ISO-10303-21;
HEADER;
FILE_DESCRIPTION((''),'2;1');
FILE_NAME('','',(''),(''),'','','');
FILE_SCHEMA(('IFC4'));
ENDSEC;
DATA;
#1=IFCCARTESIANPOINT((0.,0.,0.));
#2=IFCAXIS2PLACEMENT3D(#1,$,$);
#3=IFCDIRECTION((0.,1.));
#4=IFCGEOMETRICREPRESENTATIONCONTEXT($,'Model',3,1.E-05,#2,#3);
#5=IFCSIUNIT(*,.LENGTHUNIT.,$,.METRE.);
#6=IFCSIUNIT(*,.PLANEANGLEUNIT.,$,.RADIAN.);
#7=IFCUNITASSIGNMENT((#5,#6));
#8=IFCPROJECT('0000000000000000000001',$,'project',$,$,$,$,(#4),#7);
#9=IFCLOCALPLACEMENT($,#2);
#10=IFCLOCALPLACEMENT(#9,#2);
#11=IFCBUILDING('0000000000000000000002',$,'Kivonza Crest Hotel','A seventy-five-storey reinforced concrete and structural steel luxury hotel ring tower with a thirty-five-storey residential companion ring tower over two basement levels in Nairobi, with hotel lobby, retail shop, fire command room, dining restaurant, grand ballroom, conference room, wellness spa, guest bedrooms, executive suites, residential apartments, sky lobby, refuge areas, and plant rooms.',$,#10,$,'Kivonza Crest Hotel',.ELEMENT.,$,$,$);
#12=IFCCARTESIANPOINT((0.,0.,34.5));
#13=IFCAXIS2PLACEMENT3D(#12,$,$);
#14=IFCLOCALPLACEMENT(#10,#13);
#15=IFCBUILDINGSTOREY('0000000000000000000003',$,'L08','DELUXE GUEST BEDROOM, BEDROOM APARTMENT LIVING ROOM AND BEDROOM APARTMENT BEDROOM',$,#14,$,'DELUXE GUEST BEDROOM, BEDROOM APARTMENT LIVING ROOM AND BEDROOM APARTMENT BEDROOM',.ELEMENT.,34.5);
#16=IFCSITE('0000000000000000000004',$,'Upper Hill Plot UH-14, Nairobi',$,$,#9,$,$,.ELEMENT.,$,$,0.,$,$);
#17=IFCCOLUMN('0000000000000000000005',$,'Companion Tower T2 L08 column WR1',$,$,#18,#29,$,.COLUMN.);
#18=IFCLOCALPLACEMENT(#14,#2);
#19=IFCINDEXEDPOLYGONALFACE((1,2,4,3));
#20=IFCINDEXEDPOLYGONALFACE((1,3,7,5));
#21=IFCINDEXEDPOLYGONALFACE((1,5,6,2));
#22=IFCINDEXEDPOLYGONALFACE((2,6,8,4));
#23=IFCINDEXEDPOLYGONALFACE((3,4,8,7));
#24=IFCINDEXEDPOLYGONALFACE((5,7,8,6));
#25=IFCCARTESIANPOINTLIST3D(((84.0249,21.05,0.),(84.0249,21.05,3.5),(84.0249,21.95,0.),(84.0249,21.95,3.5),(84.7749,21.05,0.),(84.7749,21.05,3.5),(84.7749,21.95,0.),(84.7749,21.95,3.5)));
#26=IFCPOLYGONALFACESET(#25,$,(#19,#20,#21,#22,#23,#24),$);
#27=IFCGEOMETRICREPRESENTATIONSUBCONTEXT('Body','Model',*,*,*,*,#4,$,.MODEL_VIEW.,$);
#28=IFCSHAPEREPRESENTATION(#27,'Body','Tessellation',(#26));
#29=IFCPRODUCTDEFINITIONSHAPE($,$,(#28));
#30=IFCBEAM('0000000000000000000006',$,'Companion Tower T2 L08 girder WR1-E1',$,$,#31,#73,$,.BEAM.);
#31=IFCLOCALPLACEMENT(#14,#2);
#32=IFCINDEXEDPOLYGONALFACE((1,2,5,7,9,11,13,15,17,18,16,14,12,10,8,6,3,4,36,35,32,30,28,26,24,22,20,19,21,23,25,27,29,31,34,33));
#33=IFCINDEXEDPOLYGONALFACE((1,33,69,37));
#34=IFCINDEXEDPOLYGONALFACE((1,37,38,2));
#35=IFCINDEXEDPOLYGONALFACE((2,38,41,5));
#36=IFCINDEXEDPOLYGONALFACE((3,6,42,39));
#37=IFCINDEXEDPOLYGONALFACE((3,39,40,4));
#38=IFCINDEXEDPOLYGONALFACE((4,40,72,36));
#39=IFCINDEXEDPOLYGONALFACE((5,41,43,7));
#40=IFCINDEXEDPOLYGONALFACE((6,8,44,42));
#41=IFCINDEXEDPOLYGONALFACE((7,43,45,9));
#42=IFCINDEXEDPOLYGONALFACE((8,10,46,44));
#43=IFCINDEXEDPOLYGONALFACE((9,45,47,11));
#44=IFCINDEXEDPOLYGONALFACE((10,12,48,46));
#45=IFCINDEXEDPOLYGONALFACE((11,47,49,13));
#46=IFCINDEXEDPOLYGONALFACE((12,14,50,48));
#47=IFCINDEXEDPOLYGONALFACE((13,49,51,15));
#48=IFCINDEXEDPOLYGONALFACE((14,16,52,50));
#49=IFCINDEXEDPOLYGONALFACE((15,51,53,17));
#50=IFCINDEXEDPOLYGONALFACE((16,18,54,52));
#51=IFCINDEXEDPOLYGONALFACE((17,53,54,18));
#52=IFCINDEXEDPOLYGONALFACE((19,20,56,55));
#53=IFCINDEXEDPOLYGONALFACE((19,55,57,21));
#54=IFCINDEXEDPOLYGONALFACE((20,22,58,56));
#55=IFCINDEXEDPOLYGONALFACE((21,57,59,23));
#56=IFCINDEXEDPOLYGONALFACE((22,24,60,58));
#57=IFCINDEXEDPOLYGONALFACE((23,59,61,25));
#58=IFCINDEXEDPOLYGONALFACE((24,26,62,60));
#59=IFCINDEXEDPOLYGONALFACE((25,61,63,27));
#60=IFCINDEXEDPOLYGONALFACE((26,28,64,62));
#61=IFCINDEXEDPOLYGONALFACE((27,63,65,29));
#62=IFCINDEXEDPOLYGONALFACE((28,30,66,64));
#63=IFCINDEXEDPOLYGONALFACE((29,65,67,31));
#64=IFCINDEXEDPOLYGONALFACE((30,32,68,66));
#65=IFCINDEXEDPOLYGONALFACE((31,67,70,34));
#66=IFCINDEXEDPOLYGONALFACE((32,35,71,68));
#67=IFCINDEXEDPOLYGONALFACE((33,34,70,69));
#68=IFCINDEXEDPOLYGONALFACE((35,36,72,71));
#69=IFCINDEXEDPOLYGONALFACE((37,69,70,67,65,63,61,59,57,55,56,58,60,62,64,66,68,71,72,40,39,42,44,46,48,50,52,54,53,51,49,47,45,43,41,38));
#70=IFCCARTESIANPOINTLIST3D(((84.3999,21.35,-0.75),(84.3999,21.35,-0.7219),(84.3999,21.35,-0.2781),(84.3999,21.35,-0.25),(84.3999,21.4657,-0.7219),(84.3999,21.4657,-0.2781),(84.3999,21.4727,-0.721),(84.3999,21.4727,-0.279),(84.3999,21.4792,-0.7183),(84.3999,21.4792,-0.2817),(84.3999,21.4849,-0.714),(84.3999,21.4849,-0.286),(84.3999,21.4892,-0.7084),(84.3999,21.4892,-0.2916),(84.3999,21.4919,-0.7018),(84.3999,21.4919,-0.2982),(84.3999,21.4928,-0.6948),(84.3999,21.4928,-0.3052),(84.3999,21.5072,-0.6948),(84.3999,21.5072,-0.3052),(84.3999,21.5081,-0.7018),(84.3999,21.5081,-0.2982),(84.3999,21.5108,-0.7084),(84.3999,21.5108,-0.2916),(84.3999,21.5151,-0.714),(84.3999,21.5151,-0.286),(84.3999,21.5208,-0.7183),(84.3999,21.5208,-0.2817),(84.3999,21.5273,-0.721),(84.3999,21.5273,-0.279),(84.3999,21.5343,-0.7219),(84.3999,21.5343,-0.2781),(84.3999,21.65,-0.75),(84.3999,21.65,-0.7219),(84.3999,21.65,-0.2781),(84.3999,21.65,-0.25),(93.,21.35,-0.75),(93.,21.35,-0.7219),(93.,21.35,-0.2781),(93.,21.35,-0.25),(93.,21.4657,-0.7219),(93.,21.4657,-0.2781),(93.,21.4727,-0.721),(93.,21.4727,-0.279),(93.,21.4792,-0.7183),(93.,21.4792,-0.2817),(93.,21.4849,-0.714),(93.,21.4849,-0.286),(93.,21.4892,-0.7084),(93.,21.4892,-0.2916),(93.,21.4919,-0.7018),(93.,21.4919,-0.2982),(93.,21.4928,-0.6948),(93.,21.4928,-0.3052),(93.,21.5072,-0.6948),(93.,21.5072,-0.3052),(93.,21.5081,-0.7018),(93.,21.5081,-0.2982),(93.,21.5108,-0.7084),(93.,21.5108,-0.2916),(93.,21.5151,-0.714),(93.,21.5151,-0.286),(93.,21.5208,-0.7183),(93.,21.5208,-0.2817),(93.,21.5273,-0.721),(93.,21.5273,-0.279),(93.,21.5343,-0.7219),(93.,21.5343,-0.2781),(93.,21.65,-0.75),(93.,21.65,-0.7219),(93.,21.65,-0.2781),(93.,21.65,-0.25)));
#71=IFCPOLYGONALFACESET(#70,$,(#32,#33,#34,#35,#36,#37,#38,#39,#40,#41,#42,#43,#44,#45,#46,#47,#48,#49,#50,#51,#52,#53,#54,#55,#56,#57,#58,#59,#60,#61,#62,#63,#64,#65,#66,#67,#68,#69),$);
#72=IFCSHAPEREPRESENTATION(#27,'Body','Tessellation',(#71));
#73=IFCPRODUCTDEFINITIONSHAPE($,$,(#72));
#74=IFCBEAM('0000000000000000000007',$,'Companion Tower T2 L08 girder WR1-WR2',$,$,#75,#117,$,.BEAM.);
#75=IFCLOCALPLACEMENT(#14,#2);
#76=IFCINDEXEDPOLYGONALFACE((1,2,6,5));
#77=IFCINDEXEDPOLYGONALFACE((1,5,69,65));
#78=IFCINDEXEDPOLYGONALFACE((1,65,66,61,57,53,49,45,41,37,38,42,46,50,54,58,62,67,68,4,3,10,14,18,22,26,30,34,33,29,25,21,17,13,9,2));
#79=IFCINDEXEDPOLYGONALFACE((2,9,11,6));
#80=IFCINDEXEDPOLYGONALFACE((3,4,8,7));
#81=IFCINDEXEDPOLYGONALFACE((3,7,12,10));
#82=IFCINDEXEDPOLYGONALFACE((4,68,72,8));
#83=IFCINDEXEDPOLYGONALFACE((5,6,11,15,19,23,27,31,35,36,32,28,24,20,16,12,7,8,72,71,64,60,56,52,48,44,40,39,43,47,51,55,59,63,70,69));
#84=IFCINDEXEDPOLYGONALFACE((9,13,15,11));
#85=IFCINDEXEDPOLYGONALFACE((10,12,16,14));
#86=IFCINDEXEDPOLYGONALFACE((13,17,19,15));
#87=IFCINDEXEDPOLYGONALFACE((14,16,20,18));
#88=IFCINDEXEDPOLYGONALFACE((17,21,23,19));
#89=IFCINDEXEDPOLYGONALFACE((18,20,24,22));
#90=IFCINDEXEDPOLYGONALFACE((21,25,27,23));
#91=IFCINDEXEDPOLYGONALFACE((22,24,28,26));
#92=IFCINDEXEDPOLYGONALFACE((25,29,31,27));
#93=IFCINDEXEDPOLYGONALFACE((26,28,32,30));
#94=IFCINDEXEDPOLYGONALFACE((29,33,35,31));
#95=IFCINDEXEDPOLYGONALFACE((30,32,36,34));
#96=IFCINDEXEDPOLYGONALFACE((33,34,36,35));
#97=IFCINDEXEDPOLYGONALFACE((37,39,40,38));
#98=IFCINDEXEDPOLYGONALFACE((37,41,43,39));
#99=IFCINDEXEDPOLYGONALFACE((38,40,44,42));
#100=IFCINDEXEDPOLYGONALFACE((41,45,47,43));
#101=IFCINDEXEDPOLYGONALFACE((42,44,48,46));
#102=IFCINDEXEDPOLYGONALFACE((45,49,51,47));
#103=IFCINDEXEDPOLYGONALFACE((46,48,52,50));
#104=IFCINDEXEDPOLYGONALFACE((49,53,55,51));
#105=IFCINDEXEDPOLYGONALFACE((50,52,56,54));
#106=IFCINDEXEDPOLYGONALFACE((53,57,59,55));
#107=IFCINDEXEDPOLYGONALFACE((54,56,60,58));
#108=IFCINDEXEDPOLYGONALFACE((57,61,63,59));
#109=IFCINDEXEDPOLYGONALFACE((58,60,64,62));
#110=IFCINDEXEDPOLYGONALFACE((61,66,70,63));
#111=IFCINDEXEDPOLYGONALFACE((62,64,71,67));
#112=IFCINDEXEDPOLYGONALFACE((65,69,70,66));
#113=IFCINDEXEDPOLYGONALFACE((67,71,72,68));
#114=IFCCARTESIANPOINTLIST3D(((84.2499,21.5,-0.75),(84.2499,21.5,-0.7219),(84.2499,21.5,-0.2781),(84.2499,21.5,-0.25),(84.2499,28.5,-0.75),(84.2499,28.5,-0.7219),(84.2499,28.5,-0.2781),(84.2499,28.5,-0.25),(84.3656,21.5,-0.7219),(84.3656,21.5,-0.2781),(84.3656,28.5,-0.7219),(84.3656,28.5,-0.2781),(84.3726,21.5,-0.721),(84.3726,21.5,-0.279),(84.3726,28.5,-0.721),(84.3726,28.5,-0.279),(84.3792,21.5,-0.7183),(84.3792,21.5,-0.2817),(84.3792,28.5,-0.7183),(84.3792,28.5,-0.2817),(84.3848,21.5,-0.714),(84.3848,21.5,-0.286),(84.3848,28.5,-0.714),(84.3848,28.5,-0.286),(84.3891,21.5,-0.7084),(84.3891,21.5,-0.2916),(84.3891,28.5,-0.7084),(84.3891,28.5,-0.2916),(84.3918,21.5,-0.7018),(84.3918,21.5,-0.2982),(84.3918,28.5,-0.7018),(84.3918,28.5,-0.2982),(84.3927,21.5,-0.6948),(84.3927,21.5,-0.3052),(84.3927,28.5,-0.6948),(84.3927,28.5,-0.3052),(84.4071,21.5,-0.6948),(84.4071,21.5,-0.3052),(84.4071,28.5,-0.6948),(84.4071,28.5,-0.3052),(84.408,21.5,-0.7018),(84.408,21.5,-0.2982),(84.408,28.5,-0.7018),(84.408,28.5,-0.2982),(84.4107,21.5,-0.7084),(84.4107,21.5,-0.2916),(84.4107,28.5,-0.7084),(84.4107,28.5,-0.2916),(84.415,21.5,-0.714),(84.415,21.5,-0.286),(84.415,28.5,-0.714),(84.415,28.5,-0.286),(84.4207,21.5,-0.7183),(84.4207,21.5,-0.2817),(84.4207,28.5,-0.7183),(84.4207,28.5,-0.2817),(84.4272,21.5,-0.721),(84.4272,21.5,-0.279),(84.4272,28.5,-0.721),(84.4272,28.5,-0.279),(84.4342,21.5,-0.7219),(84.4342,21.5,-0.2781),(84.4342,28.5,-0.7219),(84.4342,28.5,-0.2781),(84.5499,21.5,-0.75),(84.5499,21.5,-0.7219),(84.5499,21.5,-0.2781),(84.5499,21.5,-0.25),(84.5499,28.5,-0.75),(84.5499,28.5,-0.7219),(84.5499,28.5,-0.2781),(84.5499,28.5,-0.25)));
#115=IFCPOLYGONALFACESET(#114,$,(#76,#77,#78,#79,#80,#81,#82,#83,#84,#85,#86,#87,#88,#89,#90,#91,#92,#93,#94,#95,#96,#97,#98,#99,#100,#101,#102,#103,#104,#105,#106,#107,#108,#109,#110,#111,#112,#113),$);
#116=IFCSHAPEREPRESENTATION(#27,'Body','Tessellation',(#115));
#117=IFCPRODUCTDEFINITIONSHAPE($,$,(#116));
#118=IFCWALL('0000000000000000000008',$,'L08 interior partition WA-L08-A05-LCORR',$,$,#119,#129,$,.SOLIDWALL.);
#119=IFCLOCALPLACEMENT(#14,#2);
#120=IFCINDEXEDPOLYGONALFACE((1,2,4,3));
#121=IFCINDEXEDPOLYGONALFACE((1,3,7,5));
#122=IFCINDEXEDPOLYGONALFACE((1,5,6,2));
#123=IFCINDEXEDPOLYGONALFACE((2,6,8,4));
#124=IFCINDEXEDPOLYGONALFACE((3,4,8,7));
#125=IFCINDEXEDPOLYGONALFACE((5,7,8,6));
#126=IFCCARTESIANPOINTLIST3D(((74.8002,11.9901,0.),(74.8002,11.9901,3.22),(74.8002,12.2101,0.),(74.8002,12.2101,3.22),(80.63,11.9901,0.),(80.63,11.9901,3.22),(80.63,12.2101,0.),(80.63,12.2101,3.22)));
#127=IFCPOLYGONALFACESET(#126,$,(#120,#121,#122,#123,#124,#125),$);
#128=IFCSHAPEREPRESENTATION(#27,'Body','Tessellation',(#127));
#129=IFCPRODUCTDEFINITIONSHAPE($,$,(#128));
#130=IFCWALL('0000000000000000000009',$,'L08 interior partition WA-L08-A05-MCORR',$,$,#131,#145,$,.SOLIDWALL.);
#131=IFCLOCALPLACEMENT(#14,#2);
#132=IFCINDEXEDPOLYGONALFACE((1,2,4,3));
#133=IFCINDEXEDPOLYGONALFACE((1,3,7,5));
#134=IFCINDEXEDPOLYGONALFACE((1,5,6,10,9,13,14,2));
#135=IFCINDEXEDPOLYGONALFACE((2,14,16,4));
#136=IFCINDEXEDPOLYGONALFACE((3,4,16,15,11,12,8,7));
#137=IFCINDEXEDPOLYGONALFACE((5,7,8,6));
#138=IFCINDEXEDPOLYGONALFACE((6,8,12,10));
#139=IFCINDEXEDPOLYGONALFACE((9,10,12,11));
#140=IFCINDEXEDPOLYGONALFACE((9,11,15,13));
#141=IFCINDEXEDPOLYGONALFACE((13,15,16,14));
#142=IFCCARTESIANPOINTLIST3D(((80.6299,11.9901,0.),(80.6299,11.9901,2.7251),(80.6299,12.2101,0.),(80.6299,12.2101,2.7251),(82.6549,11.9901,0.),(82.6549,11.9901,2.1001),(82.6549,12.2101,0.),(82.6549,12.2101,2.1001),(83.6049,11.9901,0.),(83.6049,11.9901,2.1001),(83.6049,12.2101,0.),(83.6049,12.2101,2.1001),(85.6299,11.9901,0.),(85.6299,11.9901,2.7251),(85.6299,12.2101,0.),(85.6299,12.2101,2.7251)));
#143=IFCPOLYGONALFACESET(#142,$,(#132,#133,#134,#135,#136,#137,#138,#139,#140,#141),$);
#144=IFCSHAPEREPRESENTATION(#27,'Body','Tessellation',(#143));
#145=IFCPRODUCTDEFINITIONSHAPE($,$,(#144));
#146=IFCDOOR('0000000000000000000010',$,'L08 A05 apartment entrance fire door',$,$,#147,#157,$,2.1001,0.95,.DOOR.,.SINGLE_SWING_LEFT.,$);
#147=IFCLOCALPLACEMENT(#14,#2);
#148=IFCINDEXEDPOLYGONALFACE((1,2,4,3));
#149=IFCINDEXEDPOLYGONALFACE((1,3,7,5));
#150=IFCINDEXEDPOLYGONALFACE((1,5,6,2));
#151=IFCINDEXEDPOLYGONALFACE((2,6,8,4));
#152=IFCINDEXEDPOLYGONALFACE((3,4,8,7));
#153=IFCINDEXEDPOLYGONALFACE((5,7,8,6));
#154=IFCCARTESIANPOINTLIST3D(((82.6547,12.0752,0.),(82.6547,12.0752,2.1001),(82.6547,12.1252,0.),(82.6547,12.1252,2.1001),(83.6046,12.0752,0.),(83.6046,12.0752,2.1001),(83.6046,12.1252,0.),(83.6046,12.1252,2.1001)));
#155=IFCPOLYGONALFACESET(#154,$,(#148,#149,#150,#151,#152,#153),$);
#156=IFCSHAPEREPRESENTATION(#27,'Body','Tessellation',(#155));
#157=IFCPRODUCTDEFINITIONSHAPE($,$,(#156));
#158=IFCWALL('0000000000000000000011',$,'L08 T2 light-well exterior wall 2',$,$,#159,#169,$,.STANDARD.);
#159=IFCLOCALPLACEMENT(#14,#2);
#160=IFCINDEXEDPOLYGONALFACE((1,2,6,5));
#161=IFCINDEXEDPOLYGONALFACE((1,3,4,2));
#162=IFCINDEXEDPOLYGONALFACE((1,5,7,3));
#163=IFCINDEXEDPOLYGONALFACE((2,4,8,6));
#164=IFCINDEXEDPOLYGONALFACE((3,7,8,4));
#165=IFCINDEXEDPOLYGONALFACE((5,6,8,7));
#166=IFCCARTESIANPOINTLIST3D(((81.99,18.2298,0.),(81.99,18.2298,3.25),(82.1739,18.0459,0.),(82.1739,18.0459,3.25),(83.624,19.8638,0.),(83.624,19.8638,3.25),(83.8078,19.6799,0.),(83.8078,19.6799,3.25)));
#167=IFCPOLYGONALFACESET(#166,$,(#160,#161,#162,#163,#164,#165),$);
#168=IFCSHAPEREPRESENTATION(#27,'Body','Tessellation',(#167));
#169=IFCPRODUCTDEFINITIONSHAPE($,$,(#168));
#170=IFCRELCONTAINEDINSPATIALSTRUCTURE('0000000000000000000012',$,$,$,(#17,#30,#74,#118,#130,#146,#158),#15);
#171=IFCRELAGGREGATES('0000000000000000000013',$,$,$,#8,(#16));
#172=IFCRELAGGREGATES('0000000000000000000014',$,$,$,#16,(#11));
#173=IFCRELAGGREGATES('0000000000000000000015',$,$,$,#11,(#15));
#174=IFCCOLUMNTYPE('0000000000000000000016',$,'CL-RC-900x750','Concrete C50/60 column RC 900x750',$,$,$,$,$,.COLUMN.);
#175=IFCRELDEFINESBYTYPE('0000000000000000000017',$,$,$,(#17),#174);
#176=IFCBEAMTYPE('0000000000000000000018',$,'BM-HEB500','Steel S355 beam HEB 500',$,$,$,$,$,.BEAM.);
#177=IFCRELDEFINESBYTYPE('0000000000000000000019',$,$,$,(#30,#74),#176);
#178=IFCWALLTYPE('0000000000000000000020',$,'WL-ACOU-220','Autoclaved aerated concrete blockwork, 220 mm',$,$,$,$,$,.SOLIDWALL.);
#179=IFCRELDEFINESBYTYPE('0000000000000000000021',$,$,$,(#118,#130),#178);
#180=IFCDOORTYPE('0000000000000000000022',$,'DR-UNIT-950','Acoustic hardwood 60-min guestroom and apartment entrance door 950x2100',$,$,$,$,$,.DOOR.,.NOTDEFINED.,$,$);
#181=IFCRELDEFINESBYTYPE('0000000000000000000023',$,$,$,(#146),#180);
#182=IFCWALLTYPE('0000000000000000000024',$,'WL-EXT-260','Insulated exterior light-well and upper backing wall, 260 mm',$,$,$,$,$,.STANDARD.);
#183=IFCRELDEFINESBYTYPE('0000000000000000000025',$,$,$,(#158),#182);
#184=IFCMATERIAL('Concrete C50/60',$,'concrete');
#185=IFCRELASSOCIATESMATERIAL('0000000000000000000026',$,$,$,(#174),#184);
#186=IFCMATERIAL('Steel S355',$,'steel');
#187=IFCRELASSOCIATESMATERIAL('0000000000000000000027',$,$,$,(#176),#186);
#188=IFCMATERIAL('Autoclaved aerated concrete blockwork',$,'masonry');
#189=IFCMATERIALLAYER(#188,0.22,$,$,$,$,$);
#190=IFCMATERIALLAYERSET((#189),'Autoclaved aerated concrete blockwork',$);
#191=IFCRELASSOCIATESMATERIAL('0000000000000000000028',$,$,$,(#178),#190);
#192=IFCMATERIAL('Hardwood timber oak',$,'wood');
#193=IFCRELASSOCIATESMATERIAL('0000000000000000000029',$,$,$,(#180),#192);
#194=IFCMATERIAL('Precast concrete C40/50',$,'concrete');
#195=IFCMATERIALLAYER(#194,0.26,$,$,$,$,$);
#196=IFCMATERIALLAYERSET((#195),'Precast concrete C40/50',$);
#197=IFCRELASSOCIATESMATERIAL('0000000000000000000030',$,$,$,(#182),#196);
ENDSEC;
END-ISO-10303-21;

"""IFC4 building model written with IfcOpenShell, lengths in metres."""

from ifc_helpers import new_model, si_unit, direction, frame, frame_2d, origin, origin_2d, place, context, subcontext, project, spatial, rectangle, i_section, extrude, material, layer, layer_set, material_profile, profile_set, type_object, element, fill, save


model = new_model("IFC4")

# Units and contexts
model_context = context("Model", 3, precision=1e-05, world=origin(), true_north=direction((0.0, 1.0)))
body_context = subcontext(model_context, "Body", "Model", "MODEL_VIEW")
ifc_project = project(units=[si_unit("LENGTHUNIT", "METRE"), si_unit("PLANEANGLEUNIT", "RADIAN")], contexts=[model_context])

# Site, building, storey
site_placement = place(None, origin())
site = spatial("IfcSite", under=ifc_project, at=site_placement, Name="Upper Hill Plot UH-14, Nairobi", CompositionType="ELEMENT", RefElevation=0.0)
building_placement = place(site_placement, origin())
building = spatial("IfcBuilding", under=site, at=building_placement, Name="Kivonza Crest Hotel", Description="A seventy-five-storey reinforced concrete and structural steel luxury hotel ring tower with a thirty-five-storey residential companion ring tower over two basement levels in Nairobi, with hotel lobby, retail shop, fire command room, dining restaurant, grand ballroom, conference room, wellness spa, guest bedrooms, executive suites, residential apartments, sky lobby, refuge areas, and plant rooms.", LongName="Kivonza Crest Hotel", CompositionType="ELEMENT")
storey_placement = place(building_placement, frame((0.0, 0.0, 34.5)))
storey = spatial("IfcBuildingStorey", under=building, at=storey_placement, Name="L08", Description="DELUXE GUEST BEDROOM, BEDROOM APARTMENT LIVING ROOM AND BEDROOM APARTMENT BEDROOM", LongName="DELUXE GUEST BEDROOM, BEDROOM APARTMENT LIVING ROOM AND BEDROOM APARTMENT BEDROOM", CompositionType="ELEMENT", Elevation=34.5)

# Column
ifc_material_1 = material(Name="Concrete C50/60", Category="concrete")
ifc_material_profile_1 = material_profile(ifc_material_1, rectangle(XDim=0.75, YDim=0.8999, at=origin_2d()), Name="RC 900x750")
ifc_profile_set_1 = profile_set([ifc_material_profile_1], Name="Concrete C50/60")
column_type = type_object("IfcColumnType", Name="CL-RC-900x750", Description="Concrete C50/60 column RC 900x750", PredefinedType="COLUMN", material=ifc_profile_set_1)
column_placement = place(storey_placement, frame((84.3999, 21.5, 0.0), z_axis=(0.0, 0.0, 1.0), x_axis=(1.0, 0.0, 0.0)))
element("IfcColumn", 1, at=column_placement, inside=storey, type_object=column_type, Name="Companion Tower T2 L08 column WR1", PredefinedType="COLUMN", context=body_context, shape_type="SweptSolid", body=[
    extrude(rectangle(XDim=0.75, YDim=0.8999, at=origin_2d()), origin(), (0.0, 0.0, 1.0), 3.5),
])

# Beams
ifc_material_2 = material(Name="Steel S355", Category="steel")
ifc_material_profile_2 = material_profile(ifc_material_2, i_section(OverallWidth=0.3, OverallDepth=0.5, WebThickness=0.0144, FlangeThickness=0.0281, FilletRadius=0.0271, at=origin_2d()), Name="HEB 500")
ifc_profile_set_2 = profile_set([ifc_material_profile_2], Name="Steel S355")
beam_type = type_object("IfcBeamType", Name="BM-HEB500", Description="Steel S355 beam HEB 500", PredefinedType="BEAM", material=ifc_profile_set_2)
beam_1_placement = place(storey_placement, frame((84.3999, 21.5, -0.5), z_axis=(1.0, 0.0, 0.0), x_axis=(0.0, 1.0, 0.0)))
element("IfcBeam", 2, at=beam_1_placement, inside=storey, type_object=beam_type, Name="Companion Tower T2 L08 girder WR1-E1", PredefinedType="BEAM", context=body_context, shape_type="SweptSolid", body=[
    extrude(i_section(OverallWidth=0.3, OverallDepth=0.5, WebThickness=0.0144, FlangeThickness=0.0281, FilletRadius=0.0271, at=origin_2d()), origin(), (0.0, 0.0, 1.0), 8.6001),
])
beam_2_placement = place(storey_placement, frame((84.3999, 21.5, -0.5), z_axis=(0.0, 1.0, 0.0), x_axis=(-1.0, 0.0, 0.0)))
element("IfcBeam", 3, at=beam_2_placement, inside=storey, type_object=beam_type, Name="Companion Tower T2 L08 girder WR1-WR2", PredefinedType="BEAM", context=body_context, shape_type="SweptSolid", body=[
    extrude(i_section(OverallWidth=0.3, OverallDepth=0.5, WebThickness=0.0144, FlangeThickness=0.0281, FilletRadius=0.0271, at=origin_2d()), origin(), (0.0, 0.0, 1.0), 7.0),
])

# Wall
ifc_material_3 = material(Name="Autoclaved aerated concrete blockwork", Category="masonry")
ifc_layer_1 = layer(ifc_material_3, 0.22)
ifc_layer_set_1 = layer_set([ifc_layer_1], Name="Autoclaved aerated concrete blockwork")
wall_type_1 = type_object("IfcWallType", Name="WL-ACOU-220", Description="Autoclaved aerated concrete blockwork, 220 mm", PredefinedType="SOLIDWALL", material=ifc_layer_set_1)
wall_1_placement = place(storey_placement, frame((74.8, 12.1001, 0.0), z_axis=(0.0, 0.0, 1.0), x_axis=(1.0, 0.0, 0.0)))
element("IfcWall", 4, at=wall_1_placement, inside=storey, type_object=wall_type_1, Name="L08 interior partition WA-L08-A05-LCORR", PredefinedType="SOLIDWALL", context=body_context, shape_type="SweptSolid", body=[
    extrude(rectangle(XDim=5.8298, YDim=0.22, at=frame_2d((2.915, 0.0))), origin(), (0.0, 0.0, 1.0), 3.22),
])

# Wall, opening, door
wall_2_placement = place(storey_placement, frame((80.6299, 12.1001, 0.0), z_axis=(0.0, 0.0, 1.0), x_axis=(1.0, 0.0, 0.0)))
wall_2 = element("IfcWall", 5, at=wall_2_placement, inside=storey, type_object=wall_type_1, Name="L08 interior partition WA-L08-A05-MCORR", PredefinedType="SOLIDWALL", context=body_context, shape_type="SweptSolid", body=[
    extrude(rectangle(XDim=5.0, YDim=0.22, at=frame_2d((2.5, 0.0))), origin(), (0.0, 0.0, 1.0), 2.7251),
])
opening_1_placement = place(wall_2_placement, frame((2.0249, 0.0, 0.0)))
opening_1 = element("IfcOpeningElement", 6, at=opening_1_placement, cuts=wall_2, PredefinedType="OPENING", context=body_context, shape_type="SweptSolid", body=[
    extrude(rectangle(XDim=0.95, YDim=2.1001, at=frame_2d((0.4751, 1.05))), frame((0.0, 0.1201, 0.0), z_axis=(0.0, -1.0, 0.0), x_axis=(1.0, 0.0, 0.0)), (0.0, 0.0, 1.0), 0.24),
])
ifc_material_4 = material(Name="Hardwood timber oak", Category="wood")
door_type_1 = type_object("IfcDoorType", Name="DR-UNIT-950", Description="Acoustic hardwood 60-min guestroom and apartment entrance door 950x2100", OperationType="NOTDEFINED", PredefinedType="DOOR", material=ifc_material_4)
door_1_placement = place(opening_1_placement, frame((0.95, 0.0, 0.0), z_axis=(0.0, 0.0, 1.0), x_axis=(-1.0, 0.0, 0.0)))
door_1 = element("IfcDoor", 7, at=door_1_placement, inside=storey, type_object=door_type_1, Name="L08 A05 apartment entrance fire door", OperationType="SINGLE_SWING_LEFT", OverallHeight=2.1001, OverallWidth=0.95, PredefinedType="DOOR", context=body_context, shape_type="SweptSolid", body=[
    extrude(rectangle(XDim=0.95, YDim=2.1001, at=frame_2d((0.4751, 1.05))), frame((0.0, 0.0249, 0.0), z_axis=(0.0, -1.0, 0.0), x_axis=(1.0, 0.0, 0.0)), (0.0, 0.0, 1.0), 0.05),
])
fill(opening_1, door_1)

# Wall
ifc_material_5 = material(Name="Precast concrete C40/50", Category="concrete")
ifc_layer_2 = layer(ifc_material_5, 0.26)
ifc_layer_set_2 = layer_set([ifc_layer_2], Name="Precast concrete C40/50")
wall_type_2 = type_object("IfcWallType", Name="WL-EXT-260", Description="Insulated exterior light-well and upper backing wall, 260 mm", PredefinedType="STANDARD", material=ifc_layer_set_2)
wall_3_placement = place(storey_placement, frame((82.082, 18.1379, 0.0), z_axis=(0.0, 0.0, 1.0), x_axis=(0.707107, 0.707107, 0.0)))
element("IfcWall", 8, at=wall_3_placement, inside=storey, type_object=wall_type_2, Name="L08 T2 light-well exterior wall 2", PredefinedType="STANDARD", context=body_context, shape_type="SweptSolid", body=[
    extrude(rectangle(XDim=2.3108, YDim=0.26, at=frame_2d((1.1553, 0.0))), origin(), (0.0, 0.0, 1.0), 3.25),
])

save(model, "model.ifc")
